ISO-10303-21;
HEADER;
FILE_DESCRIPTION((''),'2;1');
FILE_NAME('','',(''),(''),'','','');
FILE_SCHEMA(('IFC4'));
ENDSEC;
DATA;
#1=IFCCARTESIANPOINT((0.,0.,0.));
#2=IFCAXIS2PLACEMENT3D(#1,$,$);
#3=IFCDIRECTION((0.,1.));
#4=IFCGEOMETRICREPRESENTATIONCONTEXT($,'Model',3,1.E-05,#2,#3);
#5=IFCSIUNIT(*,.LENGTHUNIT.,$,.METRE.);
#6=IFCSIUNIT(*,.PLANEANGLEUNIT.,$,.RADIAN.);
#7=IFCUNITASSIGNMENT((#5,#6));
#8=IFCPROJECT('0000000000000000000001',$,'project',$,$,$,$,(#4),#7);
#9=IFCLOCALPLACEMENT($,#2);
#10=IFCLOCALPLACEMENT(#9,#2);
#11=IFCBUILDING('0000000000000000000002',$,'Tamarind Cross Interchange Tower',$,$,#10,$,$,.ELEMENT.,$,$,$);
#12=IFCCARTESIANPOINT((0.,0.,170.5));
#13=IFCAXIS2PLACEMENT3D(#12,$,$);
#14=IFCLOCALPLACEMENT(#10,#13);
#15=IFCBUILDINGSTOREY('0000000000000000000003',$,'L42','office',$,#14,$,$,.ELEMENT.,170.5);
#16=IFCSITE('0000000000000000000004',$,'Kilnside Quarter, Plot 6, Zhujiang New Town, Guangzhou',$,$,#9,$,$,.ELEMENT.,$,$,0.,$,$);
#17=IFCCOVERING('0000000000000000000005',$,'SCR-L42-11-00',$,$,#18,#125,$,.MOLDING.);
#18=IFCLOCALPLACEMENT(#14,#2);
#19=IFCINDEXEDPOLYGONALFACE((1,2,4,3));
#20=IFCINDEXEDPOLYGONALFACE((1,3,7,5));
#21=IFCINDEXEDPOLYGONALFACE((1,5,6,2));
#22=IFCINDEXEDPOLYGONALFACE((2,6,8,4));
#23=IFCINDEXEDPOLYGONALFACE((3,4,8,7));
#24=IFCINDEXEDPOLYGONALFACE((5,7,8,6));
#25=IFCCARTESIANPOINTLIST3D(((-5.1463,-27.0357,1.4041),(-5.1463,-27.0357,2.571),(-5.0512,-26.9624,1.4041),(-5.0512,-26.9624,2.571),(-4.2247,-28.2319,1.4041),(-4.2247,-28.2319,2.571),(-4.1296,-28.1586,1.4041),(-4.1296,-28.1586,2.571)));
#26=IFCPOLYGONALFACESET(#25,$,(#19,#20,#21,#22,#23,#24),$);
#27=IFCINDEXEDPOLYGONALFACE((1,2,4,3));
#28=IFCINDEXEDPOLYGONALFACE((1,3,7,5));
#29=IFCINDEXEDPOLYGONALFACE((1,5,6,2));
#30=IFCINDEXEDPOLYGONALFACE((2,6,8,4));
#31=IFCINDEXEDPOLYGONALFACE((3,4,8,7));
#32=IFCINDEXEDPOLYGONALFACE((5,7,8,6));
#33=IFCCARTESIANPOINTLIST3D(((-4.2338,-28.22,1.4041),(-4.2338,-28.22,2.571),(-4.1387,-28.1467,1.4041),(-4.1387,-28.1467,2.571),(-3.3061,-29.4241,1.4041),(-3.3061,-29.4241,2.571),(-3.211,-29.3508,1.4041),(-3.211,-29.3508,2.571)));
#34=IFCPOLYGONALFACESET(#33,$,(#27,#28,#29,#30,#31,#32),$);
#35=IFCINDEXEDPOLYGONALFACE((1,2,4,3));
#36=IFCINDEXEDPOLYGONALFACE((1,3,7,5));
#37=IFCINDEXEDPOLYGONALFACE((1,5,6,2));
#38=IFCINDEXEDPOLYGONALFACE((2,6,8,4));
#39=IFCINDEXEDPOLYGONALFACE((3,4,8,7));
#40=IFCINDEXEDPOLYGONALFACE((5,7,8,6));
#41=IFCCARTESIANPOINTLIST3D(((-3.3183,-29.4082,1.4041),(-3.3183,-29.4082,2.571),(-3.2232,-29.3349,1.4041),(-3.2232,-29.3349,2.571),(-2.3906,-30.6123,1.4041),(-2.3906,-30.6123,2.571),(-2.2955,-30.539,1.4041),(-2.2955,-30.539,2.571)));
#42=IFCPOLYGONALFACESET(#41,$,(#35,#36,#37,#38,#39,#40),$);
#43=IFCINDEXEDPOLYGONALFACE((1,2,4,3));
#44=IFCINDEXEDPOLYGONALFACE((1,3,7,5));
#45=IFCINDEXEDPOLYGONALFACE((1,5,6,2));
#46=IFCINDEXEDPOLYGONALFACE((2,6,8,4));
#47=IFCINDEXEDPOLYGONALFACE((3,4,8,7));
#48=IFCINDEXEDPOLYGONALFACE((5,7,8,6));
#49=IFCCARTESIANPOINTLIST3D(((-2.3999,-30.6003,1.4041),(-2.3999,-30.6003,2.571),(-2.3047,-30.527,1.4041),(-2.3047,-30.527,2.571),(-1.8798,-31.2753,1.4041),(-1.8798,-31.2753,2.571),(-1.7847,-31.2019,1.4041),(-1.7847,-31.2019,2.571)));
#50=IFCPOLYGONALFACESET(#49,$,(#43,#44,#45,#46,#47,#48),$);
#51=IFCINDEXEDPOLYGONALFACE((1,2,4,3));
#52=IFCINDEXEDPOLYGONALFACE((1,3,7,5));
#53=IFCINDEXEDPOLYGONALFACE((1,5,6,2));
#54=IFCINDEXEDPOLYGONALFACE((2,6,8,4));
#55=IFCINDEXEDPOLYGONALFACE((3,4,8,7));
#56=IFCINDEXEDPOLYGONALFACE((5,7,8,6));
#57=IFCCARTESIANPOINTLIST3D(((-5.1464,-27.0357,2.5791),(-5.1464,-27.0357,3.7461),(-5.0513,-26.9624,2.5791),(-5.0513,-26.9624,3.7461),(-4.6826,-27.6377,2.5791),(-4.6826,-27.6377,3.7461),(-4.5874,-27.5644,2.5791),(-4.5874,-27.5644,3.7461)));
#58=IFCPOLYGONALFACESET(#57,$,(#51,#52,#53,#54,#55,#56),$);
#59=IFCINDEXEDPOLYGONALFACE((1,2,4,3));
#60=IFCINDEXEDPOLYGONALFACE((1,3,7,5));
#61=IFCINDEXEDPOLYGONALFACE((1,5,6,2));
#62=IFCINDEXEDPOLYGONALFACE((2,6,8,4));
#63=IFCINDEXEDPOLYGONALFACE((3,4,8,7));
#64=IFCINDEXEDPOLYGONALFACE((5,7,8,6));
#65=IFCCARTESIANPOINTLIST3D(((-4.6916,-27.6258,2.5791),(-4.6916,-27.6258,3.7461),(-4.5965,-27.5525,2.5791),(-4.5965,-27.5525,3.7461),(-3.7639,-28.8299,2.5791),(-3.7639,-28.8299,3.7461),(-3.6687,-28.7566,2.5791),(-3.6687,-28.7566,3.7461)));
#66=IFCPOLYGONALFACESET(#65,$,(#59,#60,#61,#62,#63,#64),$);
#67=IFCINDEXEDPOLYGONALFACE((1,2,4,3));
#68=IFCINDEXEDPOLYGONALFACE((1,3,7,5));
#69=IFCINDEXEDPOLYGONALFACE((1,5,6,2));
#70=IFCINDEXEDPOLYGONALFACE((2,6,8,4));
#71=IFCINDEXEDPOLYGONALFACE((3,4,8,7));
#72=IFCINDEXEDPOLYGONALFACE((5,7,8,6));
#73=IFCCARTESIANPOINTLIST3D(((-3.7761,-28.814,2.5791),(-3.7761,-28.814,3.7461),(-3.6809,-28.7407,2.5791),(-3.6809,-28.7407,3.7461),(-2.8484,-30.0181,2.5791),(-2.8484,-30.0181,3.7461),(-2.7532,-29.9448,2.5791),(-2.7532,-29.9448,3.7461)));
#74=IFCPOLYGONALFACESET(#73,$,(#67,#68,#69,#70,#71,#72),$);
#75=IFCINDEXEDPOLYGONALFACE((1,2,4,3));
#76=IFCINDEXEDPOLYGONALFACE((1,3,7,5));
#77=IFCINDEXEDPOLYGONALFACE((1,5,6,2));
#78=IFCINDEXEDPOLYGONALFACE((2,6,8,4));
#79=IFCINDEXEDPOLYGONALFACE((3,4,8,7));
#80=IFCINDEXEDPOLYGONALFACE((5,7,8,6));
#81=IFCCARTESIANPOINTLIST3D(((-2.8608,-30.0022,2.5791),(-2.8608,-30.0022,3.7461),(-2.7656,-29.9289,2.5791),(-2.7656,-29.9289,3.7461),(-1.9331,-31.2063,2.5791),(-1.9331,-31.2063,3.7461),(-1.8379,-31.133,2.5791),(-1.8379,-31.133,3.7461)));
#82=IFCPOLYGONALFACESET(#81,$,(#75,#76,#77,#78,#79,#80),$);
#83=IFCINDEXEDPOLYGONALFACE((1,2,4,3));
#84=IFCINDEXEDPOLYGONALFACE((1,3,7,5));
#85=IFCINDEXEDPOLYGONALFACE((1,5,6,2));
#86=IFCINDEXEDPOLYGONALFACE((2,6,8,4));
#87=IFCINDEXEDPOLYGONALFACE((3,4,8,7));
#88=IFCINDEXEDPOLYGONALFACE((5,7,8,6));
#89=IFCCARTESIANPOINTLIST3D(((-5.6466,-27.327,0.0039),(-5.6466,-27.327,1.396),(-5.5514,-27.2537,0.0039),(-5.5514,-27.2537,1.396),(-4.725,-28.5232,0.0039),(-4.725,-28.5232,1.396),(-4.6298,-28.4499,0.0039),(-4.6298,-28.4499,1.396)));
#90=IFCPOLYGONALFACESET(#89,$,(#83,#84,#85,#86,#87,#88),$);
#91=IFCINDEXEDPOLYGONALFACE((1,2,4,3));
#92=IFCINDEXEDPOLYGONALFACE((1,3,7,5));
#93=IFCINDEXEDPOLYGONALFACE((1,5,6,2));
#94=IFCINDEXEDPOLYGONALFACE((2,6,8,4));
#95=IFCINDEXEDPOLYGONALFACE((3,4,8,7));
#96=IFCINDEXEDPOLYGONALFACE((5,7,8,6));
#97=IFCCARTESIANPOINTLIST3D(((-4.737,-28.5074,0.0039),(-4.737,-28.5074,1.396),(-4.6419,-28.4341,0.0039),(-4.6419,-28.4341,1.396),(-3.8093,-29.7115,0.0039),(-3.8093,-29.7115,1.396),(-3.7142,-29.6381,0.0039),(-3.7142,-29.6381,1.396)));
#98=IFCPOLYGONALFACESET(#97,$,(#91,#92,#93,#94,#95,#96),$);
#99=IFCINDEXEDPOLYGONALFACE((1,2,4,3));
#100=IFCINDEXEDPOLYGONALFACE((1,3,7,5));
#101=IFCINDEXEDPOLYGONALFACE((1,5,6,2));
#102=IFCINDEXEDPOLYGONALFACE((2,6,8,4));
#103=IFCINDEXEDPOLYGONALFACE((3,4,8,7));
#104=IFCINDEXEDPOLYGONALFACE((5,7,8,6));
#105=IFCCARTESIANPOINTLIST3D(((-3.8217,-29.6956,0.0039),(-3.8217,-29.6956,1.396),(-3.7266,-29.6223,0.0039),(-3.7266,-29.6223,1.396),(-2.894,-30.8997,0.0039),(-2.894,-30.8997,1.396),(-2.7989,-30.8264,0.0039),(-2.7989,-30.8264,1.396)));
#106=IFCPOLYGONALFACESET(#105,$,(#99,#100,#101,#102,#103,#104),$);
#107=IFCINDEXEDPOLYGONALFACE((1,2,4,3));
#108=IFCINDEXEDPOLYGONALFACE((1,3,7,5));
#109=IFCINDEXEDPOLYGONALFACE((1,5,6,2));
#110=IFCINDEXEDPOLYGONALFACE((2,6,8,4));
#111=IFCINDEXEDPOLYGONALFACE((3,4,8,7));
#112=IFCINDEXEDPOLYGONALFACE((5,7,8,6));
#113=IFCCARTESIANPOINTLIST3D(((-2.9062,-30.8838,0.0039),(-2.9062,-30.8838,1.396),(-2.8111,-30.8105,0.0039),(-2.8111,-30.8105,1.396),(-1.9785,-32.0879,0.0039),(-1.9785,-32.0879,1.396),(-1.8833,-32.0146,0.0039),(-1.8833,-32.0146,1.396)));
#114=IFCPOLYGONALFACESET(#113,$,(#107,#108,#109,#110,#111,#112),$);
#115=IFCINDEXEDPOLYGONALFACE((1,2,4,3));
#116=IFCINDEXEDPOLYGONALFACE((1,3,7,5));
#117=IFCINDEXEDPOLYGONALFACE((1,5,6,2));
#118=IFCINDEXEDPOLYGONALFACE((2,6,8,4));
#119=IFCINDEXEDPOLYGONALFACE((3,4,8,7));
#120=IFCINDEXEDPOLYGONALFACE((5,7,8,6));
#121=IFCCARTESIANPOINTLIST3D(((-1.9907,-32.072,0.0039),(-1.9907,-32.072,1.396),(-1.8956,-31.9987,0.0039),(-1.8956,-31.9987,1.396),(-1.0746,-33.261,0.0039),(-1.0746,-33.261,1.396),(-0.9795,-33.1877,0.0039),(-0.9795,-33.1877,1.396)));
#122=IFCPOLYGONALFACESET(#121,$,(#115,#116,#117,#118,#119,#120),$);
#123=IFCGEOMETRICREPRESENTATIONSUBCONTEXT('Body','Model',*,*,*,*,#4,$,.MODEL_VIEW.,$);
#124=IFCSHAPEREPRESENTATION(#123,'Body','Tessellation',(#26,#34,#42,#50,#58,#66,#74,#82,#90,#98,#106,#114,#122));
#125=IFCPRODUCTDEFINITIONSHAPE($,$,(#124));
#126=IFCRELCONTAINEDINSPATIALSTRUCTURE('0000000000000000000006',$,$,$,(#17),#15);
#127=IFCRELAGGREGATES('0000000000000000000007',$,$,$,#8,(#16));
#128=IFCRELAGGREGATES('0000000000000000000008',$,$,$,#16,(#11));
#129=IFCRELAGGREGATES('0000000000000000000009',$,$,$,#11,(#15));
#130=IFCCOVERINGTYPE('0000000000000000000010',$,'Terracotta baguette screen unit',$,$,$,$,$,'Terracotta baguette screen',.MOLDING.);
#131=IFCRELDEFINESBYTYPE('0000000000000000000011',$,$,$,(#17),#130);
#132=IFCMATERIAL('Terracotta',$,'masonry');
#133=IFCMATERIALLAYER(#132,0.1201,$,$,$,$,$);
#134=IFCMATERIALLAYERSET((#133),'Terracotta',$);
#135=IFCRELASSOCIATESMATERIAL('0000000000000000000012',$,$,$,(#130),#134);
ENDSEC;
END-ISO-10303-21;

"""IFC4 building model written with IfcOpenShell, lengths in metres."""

from ifc_helpers import new_model, si_unit, direction, frame, origin, origin_2d, place, context, subcontext, project, spatial, rectangle, extrude, material, layer, layer_set, type_object, element, save


model = new_model("IFC4")

# Units and contexts
model_context = context("Model", 3, precision=1e-05, world=origin(), true_north=direction((0.0, 1.0)))
body_context = subcontext(model_context, "Body", "Model", "MODEL_VIEW")
ifc_project = project(units=[si_unit("LENGTHUNIT", "METRE"), si_unit("PLANEANGLEUNIT", "RADIAN")], contexts=[model_context])

# Site, building, storey
site_placement = place(None, origin())
site = spatial("IfcSite", under=ifc_project, at=site_placement, Name="Kilnside Quarter, Plot 6, Zhujiang New Town, Guangzhou", CompositionType="ELEMENT", RefElevation=0.0)
building_placement = place(site_placement, origin())
building = spatial("IfcBuilding", under=site, at=building_placement, Name="Tamarind Cross Interchange Tower", CompositionType="ELEMENT")
storey_placement = place(building_placement, frame((0.0, 0.0, 170.5)))
storey = spatial("IfcBuildingStorey", under=building, at=storey_placement, Name="L42", Description="office", CompositionType="ELEMENT", Elevation=170.5)

# Covering
ifc_material_1 = material(Name="Terracotta", Category="masonry")
ifc_layer_1 = layer(ifc_material_1, 0.1201)
ifc_layer_set_1 = layer_set([ifc_layer_1], Name="Terracotta")
covering_type = type_object("IfcCoveringType", Name="Terracotta baguette screen unit", ElementType="Terracotta baguette screen", PredefinedType="MOLDING", material=ifc_layer_set_1)
covering_1_placement = place(storey_placement, origin())
element("IfcCovering", 1, at=covering_1_placement, inside=storey, type_object=covering_type, Name="SCR-L42-11-00", PredefinedType="MOLDING", context=body_context, shape_type="SweptSolid", body=[
    extrude(rectangle(XDim=1.51, YDim=0.1201, at=origin_2d()), frame((-4.6379, -27.5972, 1.4041), z_axis=(0.0, 0.0, 1.0), x_axis=(0.610322, -0.792153, 0.0)), (0.0, 0.0, 1.0), 1.167),
    extrude(rectangle(XDim=1.52, YDim=0.1201, at=origin_2d()), frame((-3.7224, -28.7854, 1.4041), z_axis=(0.0, 0.0, 1.0), x_axis=(0.610322, -0.792153, 0.0)), (0.0, 0.0, 1.0), 1.167),
    extrude(rectangle(XDim=1.52, YDim=0.1201, at=origin_2d()), frame((-2.8069, -29.9736, 1.4041), z_axis=(0.0, 0.0, 1.0), x_axis=(0.610322, -0.792153, 0.0)), (0.0, 0.0, 1.0), 1.167),
    extrude(rectangle(XDim=0.8521, YDim=0.1201, at=origin_2d()), frame((-2.0923, -30.9011, 1.4041), z_axis=(0.0, 0.0, 1.0), x_axis=(0.610322, -0.792153, 0.0)), (0.0, 0.0, 1.0), 1.167),
    extrude(rectangle(XDim=0.76, YDim=0.1201, at=origin_2d()), frame((-4.8669, -27.3, 2.5791), z_axis=(0.0, 0.0, 1.0), x_axis=(0.610322, -0.792153, 0.0)), (0.0, 0.0, 1.0), 1.167),
    extrude(rectangle(XDim=1.52, YDim=0.1201, at=origin_2d()), frame((-4.1802, -28.1912, 2.5791), z_axis=(0.0, 0.0, 1.0), x_axis=(0.610322, -0.792153, 0.0)), (0.0, 0.0, 1.0), 1.167),
    extrude(rectangle(XDim=1.52, YDim=0.1201, at=origin_2d()), frame((-3.2646, -29.3794, 2.5791), z_axis=(0.0, 0.0, 1.0), x_axis=(0.610322, -0.792153, 0.0)), (0.0, 0.0, 1.0), 1.167),
    extrude(rectangle(XDim=1.52, YDim=0.1201, at=origin_2d()), frame((-2.3494, -30.5676, 2.5791), z_axis=(0.0, 0.0, 1.0), x_axis=(0.610322, -0.792153, 0.0)), (0.0, 0.0, 1.0), 1.167),
    extrude(rectangle(XDim=1.51, YDim=0.1201, at=origin_2d()), frame((-5.1382, -27.8884, 0.0039), z_axis=(0.0, 0.0, 1.0), x_axis=(0.610322, -0.792153, 0.0)), (0.0, 0.0, 1.0), 1.3921),
    extrude(rectangle(XDim=1.52, YDim=0.1201, at=origin_2d()), frame((-4.2256, -29.0728, 0.0039), z_axis=(0.0, 0.0, 1.0), x_axis=(0.610322, -0.792153, 0.0)), (0.0, 0.0, 1.0), 1.3921),
    extrude(rectangle(XDim=1.52, YDim=0.1201, at=origin_2d()), frame((-3.3103, -30.261, 0.0039), z_axis=(0.0, 0.0, 1.0), x_axis=(0.610322, -0.792153, 0.0)), (0.0, 0.0, 1.0), 1.3921),
    extrude(rectangle(XDim=1.52, YDim=0.1201, at=origin_2d()), frame((-2.3948, -31.4492, 0.0039), z_axis=(0.0, 0.0, 1.0), x_axis=(0.610322, -0.792153, 0.0)), (0.0, 0.0, 1.0), 1.3921),
    extrude(rectangle(XDim=1.501, YDim=0.1201, at=origin_2d()), frame((-1.4851, -32.6299, 0.0039), z_axis=(0.0, 0.0, 1.0), x_axis=(0.610322, -0.792153, 0.0)), (0.0, 0.0, 1.0), 1.3921),
])

save(model, "model.ifc")
